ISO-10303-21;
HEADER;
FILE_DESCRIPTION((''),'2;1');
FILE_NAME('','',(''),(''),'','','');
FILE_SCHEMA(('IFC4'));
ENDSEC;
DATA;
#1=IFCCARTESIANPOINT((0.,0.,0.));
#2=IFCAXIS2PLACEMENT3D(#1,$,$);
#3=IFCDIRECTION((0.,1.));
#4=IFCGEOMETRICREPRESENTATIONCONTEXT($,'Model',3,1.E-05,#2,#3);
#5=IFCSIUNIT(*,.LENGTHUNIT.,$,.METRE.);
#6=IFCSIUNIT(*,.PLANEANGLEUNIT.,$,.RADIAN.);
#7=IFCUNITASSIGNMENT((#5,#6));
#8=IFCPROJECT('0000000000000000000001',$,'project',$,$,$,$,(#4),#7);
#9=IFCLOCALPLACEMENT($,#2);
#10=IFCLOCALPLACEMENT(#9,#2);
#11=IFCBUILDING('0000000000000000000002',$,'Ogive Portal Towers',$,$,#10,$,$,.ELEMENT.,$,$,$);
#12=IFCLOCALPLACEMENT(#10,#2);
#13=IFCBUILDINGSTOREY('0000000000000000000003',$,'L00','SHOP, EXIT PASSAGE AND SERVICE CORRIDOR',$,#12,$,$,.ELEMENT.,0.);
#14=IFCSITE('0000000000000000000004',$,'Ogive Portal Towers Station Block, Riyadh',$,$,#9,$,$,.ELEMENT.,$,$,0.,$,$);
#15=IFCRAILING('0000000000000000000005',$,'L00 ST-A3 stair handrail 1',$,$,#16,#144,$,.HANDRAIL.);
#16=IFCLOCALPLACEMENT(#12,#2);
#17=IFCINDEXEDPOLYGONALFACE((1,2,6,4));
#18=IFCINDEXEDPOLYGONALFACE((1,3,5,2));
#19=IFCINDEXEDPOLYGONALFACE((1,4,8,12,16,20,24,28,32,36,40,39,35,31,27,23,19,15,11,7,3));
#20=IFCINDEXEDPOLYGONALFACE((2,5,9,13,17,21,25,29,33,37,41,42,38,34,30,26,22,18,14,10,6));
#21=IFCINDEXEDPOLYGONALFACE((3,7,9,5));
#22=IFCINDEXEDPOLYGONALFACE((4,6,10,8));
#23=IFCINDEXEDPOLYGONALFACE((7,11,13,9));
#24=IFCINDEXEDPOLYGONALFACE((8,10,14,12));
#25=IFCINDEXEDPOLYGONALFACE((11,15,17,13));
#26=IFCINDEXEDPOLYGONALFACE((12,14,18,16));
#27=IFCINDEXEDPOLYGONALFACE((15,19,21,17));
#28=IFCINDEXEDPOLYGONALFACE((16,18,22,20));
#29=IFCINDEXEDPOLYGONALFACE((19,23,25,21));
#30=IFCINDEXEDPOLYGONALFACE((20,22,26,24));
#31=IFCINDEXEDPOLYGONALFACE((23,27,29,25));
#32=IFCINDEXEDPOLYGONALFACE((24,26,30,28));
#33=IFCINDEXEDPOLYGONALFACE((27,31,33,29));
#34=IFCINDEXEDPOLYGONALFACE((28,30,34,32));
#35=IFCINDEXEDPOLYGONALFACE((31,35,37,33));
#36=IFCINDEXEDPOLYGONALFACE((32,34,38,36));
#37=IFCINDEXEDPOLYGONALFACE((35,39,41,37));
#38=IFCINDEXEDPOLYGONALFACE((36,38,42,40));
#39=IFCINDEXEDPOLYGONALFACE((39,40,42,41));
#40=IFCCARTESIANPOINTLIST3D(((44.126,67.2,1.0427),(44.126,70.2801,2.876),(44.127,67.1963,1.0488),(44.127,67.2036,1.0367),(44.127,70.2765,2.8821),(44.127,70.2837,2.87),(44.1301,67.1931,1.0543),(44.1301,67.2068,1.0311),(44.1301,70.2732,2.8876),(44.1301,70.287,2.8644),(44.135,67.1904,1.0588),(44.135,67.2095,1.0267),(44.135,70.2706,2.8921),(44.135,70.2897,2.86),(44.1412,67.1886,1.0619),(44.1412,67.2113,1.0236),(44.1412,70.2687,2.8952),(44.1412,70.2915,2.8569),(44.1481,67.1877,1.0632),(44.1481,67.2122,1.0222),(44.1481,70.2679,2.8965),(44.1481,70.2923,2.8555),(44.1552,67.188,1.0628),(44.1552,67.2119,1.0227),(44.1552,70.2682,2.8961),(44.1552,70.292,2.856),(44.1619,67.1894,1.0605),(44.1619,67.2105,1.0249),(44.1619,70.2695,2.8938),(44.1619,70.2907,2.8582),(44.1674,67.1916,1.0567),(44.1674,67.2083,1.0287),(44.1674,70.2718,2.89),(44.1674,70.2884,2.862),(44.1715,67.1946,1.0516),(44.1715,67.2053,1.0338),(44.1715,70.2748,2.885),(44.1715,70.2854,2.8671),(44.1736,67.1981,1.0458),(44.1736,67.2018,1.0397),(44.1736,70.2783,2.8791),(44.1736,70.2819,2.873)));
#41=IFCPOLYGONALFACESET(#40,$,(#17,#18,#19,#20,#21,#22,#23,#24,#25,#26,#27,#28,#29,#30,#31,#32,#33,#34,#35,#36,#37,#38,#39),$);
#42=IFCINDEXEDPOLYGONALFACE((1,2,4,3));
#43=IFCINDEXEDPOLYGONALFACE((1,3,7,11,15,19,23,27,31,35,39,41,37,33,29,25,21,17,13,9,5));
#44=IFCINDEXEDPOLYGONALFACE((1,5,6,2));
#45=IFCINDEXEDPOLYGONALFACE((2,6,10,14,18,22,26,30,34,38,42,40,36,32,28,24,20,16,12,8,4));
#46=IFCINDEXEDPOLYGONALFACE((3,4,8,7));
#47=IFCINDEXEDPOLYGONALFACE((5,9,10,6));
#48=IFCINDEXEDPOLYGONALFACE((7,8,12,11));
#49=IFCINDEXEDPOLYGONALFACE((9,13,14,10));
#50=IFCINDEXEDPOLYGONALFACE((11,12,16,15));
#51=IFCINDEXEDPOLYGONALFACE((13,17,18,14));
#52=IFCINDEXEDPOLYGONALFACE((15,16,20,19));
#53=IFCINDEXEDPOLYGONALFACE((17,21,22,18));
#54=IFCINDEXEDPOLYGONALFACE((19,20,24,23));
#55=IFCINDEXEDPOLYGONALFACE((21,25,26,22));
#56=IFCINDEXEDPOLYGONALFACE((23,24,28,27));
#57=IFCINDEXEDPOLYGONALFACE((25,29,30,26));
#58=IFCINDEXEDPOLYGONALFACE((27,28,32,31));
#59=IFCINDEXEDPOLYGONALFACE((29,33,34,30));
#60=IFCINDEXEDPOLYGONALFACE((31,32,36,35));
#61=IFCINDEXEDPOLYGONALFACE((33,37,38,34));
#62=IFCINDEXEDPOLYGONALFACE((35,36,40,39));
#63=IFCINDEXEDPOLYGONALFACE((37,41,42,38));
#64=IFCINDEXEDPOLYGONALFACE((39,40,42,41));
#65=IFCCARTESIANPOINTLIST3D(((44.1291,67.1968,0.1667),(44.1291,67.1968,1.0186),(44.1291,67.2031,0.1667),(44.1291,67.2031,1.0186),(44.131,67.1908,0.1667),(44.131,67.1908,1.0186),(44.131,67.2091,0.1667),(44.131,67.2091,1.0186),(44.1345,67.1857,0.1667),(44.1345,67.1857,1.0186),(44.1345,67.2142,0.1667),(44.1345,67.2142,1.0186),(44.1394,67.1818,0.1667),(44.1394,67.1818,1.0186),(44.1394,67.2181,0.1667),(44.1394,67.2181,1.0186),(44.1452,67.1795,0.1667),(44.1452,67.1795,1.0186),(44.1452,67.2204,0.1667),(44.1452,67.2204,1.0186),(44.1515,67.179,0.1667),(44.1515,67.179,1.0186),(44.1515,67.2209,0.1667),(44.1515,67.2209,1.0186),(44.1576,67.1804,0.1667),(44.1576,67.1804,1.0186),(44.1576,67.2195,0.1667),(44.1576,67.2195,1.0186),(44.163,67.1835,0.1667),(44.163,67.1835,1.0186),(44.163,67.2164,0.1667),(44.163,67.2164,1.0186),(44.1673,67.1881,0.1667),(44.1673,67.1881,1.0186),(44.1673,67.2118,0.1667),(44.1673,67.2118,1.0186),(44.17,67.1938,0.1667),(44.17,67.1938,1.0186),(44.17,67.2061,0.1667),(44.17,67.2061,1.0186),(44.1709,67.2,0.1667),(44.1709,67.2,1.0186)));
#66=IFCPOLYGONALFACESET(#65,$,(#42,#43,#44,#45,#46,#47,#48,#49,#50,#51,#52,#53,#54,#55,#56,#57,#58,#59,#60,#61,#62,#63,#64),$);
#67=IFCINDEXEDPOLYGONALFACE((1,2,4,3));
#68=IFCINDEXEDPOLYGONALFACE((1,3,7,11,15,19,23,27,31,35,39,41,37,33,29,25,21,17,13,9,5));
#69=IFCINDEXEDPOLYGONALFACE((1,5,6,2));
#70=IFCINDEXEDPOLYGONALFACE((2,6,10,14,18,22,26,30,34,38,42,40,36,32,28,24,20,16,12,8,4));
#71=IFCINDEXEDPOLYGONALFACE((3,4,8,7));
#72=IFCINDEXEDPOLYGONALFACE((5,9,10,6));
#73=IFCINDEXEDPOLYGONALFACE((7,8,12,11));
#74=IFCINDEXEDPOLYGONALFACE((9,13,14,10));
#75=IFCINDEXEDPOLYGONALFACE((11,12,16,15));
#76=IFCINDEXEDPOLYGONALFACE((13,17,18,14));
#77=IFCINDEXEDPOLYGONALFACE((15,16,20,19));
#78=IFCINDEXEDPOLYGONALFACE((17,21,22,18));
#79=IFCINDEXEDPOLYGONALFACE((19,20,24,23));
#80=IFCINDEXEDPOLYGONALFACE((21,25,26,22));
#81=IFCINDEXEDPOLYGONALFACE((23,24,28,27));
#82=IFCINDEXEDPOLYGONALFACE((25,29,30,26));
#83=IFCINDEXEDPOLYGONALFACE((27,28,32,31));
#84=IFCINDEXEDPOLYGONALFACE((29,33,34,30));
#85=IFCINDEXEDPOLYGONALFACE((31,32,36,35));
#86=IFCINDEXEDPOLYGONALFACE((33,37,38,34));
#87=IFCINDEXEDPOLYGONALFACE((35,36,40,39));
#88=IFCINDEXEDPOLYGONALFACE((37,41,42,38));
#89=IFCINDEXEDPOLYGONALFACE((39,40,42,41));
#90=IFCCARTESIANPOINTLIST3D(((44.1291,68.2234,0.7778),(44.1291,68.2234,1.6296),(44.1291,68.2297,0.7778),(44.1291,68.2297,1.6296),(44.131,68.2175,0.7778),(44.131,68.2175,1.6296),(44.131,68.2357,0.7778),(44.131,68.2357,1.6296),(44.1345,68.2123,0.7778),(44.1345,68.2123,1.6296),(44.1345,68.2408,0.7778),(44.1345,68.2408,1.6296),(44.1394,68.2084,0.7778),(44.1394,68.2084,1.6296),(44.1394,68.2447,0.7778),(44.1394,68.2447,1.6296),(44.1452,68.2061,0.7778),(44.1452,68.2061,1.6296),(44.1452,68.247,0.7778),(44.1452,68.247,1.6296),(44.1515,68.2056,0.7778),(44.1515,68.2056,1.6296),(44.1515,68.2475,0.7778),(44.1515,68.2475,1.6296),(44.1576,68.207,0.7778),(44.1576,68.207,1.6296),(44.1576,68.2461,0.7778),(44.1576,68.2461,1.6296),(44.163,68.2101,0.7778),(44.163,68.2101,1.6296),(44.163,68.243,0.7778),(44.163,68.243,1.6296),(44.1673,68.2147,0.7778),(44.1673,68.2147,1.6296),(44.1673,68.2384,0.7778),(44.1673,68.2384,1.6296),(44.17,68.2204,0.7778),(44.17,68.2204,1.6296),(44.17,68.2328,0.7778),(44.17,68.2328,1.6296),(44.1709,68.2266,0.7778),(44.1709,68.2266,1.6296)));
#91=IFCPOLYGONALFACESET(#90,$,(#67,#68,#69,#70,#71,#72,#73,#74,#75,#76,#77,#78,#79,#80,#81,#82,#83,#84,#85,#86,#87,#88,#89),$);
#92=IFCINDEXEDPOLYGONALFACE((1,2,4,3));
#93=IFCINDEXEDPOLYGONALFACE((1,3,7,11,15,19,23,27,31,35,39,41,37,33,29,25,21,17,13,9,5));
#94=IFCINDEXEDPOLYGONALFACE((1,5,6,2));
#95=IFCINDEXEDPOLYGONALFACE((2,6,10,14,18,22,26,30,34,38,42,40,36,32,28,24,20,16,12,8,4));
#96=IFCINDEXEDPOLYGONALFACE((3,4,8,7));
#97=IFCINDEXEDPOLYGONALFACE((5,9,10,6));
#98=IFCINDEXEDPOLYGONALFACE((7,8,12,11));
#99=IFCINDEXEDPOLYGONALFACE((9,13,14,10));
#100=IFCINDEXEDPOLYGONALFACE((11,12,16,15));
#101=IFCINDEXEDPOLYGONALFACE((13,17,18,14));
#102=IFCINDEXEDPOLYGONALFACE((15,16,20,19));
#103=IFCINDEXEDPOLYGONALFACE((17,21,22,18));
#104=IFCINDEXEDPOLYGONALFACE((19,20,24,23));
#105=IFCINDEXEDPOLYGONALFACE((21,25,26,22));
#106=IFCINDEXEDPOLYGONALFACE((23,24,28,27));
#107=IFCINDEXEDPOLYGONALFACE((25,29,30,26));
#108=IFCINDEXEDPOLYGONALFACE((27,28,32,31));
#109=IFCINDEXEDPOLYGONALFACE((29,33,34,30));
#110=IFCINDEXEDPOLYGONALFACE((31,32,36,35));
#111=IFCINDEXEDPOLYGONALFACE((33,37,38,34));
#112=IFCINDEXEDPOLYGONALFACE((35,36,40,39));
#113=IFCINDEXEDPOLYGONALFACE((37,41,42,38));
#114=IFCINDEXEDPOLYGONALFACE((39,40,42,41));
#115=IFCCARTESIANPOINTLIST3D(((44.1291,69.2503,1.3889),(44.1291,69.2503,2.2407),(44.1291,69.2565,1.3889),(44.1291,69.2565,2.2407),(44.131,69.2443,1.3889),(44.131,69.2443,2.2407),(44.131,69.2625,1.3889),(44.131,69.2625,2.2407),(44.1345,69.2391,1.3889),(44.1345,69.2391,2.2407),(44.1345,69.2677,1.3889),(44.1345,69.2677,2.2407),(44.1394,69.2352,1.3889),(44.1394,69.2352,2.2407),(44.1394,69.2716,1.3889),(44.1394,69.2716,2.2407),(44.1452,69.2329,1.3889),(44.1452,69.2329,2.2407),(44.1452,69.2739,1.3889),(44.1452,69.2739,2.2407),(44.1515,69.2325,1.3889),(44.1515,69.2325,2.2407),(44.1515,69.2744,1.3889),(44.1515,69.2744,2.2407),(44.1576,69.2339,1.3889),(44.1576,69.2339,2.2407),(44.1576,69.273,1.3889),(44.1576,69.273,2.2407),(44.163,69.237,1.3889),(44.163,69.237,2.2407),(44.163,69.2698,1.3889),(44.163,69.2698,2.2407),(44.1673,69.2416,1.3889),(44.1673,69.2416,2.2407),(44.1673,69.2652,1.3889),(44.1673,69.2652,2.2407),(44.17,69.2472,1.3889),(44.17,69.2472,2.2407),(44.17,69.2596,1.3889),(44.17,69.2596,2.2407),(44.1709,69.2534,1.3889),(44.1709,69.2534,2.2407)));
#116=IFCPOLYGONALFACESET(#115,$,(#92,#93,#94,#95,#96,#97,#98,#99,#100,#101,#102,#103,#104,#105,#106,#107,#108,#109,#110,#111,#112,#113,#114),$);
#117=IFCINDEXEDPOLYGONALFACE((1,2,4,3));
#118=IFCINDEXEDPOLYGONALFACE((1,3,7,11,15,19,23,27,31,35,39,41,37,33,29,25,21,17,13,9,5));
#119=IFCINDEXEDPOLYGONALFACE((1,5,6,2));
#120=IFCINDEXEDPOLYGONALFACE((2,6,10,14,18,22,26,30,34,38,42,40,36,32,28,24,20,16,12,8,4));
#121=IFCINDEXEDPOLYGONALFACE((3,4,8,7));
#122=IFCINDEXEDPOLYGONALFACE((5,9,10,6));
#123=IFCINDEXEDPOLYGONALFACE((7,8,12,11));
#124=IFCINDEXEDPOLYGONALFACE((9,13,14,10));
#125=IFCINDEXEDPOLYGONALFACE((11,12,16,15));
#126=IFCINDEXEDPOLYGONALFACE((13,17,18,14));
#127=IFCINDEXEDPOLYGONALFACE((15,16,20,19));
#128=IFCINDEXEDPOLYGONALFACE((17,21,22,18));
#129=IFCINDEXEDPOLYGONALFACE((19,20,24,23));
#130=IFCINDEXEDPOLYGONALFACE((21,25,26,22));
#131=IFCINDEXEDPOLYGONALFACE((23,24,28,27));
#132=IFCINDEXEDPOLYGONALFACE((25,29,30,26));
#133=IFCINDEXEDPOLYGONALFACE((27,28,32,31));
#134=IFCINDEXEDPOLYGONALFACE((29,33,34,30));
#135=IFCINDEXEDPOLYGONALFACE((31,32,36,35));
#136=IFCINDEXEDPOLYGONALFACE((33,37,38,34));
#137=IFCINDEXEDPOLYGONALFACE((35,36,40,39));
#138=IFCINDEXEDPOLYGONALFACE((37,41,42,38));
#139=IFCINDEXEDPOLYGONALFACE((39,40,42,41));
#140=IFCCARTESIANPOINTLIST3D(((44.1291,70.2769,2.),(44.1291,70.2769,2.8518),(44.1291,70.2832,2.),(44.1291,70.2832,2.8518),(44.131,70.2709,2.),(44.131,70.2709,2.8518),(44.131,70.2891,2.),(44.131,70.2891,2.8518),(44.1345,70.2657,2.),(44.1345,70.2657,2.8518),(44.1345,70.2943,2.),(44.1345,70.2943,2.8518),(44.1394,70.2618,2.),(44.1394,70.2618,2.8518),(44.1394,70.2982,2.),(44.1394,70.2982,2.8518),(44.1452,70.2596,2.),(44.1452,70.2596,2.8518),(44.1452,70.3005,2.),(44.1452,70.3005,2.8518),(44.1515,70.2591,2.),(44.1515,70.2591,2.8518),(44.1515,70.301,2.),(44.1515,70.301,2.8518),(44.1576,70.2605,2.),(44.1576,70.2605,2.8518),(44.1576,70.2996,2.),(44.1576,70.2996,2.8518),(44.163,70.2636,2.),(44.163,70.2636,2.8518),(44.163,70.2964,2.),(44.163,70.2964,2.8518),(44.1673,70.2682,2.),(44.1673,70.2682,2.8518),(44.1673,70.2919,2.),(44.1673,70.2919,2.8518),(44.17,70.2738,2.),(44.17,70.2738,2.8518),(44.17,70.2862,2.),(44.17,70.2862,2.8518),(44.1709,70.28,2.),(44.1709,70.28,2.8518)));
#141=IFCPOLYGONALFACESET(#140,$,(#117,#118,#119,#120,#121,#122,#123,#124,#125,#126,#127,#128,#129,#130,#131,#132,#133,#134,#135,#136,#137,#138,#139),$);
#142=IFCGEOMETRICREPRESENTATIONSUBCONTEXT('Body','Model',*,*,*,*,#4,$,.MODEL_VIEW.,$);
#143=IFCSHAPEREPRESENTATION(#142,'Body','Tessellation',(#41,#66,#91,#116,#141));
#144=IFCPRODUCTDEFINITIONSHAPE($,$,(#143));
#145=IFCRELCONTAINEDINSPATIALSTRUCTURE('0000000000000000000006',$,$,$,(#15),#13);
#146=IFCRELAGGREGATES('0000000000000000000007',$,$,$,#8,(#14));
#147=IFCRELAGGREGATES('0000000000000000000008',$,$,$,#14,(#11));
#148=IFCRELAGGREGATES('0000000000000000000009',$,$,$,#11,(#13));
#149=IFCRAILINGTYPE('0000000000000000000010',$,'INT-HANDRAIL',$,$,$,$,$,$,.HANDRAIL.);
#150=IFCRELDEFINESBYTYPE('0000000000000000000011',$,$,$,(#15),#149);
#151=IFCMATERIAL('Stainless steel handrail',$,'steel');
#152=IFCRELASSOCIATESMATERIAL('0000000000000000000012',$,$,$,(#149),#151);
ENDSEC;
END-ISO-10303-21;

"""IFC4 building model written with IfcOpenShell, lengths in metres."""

from ifc_helpers import new_model, si_unit, direction, frame, origin, origin_2d, place, context, subcontext, project, spatial, circle, extrude, material, type_object, element, save


model = new_model("IFC4")

# Units and contexts
model_context = context("Model", 3, precision=1e-05, world=origin(), true_north=direction((0.0, 1.0)))
body_context = subcontext(model_context, "Body", "Model", "MODEL_VIEW")
ifc_project = project(units=[si_unit("LENGTHUNIT", "METRE"), si_unit("PLANEANGLEUNIT", "RADIAN")], contexts=[model_context])

# Site, building, storey
site_placement = place(None, origin())
site = spatial("IfcSite", under=ifc_project, at=site_placement, Name="Ogive Portal Towers Station Block, Riyadh", CompositionType="ELEMENT", RefElevation=0.0)
building_placement = place(site_placement, origin())
building = spatial("IfcBuilding", under=site, at=building_placement, Name="Ogive Portal Towers", CompositionType="ELEMENT")
storey_placement = place(building_placement, origin())
storey = spatial("IfcBuildingStorey", under=building, at=storey_placement, Name="L00", Description="SHOP, EXIT PASSAGE AND SERVICE CORRIDOR", CompositionType="ELEMENT", Elevation=0.0)

# Railing
ifc_material_1 = material(Name="Stainless steel handrail", Category="steel")
railing_type_1 = type_object("IfcRailingType", Name="INT-HANDRAIL", PredefinedType="HANDRAIL", material=ifc_material_1)
railing_1_placement = place(storey_placement, frame((44.1499, 67.2, 0.1667)))
element("IfcRailing", 1, at=railing_1_placement, inside=storey, type_object=railing_type_1, Name="L00 ST-A3 stair handrail 1", PredefinedType="HANDRAIL", context=body_context, shape_type="SweptSolid", body=[
    extrude(circle(Radius=0.0239, at=origin_2d()), frame((0.0, 0.0, 0.876), z_axis=(0.0, 0.859309, 0.511458), x_axis=(-1.0, 0.0, 0.0)), (0.0, 0.0, 1.0), 3.5845),
    extrude(circle(Radius=0.021, at=origin_2d()), origin(), (0.0, 0.0, 1.0), 0.8518),
    extrude(circle(Radius=0.021, at=origin_2d()), frame((0.0, 1.0266, 0.6111)), (0.0, 0.0, 1.0), 0.8518),
    extrude(circle(Radius=0.021, at=origin_2d()), frame((0.0, 2.0535, 1.2222)), (0.0, 0.0, 1.0), 0.8518),
    extrude(circle(Radius=0.021, at=origin_2d()), frame((0.0, 3.0801, 1.8333)), (0.0, 0.0, 1.0), 0.8518),
])

save(model, "model.ifc")
